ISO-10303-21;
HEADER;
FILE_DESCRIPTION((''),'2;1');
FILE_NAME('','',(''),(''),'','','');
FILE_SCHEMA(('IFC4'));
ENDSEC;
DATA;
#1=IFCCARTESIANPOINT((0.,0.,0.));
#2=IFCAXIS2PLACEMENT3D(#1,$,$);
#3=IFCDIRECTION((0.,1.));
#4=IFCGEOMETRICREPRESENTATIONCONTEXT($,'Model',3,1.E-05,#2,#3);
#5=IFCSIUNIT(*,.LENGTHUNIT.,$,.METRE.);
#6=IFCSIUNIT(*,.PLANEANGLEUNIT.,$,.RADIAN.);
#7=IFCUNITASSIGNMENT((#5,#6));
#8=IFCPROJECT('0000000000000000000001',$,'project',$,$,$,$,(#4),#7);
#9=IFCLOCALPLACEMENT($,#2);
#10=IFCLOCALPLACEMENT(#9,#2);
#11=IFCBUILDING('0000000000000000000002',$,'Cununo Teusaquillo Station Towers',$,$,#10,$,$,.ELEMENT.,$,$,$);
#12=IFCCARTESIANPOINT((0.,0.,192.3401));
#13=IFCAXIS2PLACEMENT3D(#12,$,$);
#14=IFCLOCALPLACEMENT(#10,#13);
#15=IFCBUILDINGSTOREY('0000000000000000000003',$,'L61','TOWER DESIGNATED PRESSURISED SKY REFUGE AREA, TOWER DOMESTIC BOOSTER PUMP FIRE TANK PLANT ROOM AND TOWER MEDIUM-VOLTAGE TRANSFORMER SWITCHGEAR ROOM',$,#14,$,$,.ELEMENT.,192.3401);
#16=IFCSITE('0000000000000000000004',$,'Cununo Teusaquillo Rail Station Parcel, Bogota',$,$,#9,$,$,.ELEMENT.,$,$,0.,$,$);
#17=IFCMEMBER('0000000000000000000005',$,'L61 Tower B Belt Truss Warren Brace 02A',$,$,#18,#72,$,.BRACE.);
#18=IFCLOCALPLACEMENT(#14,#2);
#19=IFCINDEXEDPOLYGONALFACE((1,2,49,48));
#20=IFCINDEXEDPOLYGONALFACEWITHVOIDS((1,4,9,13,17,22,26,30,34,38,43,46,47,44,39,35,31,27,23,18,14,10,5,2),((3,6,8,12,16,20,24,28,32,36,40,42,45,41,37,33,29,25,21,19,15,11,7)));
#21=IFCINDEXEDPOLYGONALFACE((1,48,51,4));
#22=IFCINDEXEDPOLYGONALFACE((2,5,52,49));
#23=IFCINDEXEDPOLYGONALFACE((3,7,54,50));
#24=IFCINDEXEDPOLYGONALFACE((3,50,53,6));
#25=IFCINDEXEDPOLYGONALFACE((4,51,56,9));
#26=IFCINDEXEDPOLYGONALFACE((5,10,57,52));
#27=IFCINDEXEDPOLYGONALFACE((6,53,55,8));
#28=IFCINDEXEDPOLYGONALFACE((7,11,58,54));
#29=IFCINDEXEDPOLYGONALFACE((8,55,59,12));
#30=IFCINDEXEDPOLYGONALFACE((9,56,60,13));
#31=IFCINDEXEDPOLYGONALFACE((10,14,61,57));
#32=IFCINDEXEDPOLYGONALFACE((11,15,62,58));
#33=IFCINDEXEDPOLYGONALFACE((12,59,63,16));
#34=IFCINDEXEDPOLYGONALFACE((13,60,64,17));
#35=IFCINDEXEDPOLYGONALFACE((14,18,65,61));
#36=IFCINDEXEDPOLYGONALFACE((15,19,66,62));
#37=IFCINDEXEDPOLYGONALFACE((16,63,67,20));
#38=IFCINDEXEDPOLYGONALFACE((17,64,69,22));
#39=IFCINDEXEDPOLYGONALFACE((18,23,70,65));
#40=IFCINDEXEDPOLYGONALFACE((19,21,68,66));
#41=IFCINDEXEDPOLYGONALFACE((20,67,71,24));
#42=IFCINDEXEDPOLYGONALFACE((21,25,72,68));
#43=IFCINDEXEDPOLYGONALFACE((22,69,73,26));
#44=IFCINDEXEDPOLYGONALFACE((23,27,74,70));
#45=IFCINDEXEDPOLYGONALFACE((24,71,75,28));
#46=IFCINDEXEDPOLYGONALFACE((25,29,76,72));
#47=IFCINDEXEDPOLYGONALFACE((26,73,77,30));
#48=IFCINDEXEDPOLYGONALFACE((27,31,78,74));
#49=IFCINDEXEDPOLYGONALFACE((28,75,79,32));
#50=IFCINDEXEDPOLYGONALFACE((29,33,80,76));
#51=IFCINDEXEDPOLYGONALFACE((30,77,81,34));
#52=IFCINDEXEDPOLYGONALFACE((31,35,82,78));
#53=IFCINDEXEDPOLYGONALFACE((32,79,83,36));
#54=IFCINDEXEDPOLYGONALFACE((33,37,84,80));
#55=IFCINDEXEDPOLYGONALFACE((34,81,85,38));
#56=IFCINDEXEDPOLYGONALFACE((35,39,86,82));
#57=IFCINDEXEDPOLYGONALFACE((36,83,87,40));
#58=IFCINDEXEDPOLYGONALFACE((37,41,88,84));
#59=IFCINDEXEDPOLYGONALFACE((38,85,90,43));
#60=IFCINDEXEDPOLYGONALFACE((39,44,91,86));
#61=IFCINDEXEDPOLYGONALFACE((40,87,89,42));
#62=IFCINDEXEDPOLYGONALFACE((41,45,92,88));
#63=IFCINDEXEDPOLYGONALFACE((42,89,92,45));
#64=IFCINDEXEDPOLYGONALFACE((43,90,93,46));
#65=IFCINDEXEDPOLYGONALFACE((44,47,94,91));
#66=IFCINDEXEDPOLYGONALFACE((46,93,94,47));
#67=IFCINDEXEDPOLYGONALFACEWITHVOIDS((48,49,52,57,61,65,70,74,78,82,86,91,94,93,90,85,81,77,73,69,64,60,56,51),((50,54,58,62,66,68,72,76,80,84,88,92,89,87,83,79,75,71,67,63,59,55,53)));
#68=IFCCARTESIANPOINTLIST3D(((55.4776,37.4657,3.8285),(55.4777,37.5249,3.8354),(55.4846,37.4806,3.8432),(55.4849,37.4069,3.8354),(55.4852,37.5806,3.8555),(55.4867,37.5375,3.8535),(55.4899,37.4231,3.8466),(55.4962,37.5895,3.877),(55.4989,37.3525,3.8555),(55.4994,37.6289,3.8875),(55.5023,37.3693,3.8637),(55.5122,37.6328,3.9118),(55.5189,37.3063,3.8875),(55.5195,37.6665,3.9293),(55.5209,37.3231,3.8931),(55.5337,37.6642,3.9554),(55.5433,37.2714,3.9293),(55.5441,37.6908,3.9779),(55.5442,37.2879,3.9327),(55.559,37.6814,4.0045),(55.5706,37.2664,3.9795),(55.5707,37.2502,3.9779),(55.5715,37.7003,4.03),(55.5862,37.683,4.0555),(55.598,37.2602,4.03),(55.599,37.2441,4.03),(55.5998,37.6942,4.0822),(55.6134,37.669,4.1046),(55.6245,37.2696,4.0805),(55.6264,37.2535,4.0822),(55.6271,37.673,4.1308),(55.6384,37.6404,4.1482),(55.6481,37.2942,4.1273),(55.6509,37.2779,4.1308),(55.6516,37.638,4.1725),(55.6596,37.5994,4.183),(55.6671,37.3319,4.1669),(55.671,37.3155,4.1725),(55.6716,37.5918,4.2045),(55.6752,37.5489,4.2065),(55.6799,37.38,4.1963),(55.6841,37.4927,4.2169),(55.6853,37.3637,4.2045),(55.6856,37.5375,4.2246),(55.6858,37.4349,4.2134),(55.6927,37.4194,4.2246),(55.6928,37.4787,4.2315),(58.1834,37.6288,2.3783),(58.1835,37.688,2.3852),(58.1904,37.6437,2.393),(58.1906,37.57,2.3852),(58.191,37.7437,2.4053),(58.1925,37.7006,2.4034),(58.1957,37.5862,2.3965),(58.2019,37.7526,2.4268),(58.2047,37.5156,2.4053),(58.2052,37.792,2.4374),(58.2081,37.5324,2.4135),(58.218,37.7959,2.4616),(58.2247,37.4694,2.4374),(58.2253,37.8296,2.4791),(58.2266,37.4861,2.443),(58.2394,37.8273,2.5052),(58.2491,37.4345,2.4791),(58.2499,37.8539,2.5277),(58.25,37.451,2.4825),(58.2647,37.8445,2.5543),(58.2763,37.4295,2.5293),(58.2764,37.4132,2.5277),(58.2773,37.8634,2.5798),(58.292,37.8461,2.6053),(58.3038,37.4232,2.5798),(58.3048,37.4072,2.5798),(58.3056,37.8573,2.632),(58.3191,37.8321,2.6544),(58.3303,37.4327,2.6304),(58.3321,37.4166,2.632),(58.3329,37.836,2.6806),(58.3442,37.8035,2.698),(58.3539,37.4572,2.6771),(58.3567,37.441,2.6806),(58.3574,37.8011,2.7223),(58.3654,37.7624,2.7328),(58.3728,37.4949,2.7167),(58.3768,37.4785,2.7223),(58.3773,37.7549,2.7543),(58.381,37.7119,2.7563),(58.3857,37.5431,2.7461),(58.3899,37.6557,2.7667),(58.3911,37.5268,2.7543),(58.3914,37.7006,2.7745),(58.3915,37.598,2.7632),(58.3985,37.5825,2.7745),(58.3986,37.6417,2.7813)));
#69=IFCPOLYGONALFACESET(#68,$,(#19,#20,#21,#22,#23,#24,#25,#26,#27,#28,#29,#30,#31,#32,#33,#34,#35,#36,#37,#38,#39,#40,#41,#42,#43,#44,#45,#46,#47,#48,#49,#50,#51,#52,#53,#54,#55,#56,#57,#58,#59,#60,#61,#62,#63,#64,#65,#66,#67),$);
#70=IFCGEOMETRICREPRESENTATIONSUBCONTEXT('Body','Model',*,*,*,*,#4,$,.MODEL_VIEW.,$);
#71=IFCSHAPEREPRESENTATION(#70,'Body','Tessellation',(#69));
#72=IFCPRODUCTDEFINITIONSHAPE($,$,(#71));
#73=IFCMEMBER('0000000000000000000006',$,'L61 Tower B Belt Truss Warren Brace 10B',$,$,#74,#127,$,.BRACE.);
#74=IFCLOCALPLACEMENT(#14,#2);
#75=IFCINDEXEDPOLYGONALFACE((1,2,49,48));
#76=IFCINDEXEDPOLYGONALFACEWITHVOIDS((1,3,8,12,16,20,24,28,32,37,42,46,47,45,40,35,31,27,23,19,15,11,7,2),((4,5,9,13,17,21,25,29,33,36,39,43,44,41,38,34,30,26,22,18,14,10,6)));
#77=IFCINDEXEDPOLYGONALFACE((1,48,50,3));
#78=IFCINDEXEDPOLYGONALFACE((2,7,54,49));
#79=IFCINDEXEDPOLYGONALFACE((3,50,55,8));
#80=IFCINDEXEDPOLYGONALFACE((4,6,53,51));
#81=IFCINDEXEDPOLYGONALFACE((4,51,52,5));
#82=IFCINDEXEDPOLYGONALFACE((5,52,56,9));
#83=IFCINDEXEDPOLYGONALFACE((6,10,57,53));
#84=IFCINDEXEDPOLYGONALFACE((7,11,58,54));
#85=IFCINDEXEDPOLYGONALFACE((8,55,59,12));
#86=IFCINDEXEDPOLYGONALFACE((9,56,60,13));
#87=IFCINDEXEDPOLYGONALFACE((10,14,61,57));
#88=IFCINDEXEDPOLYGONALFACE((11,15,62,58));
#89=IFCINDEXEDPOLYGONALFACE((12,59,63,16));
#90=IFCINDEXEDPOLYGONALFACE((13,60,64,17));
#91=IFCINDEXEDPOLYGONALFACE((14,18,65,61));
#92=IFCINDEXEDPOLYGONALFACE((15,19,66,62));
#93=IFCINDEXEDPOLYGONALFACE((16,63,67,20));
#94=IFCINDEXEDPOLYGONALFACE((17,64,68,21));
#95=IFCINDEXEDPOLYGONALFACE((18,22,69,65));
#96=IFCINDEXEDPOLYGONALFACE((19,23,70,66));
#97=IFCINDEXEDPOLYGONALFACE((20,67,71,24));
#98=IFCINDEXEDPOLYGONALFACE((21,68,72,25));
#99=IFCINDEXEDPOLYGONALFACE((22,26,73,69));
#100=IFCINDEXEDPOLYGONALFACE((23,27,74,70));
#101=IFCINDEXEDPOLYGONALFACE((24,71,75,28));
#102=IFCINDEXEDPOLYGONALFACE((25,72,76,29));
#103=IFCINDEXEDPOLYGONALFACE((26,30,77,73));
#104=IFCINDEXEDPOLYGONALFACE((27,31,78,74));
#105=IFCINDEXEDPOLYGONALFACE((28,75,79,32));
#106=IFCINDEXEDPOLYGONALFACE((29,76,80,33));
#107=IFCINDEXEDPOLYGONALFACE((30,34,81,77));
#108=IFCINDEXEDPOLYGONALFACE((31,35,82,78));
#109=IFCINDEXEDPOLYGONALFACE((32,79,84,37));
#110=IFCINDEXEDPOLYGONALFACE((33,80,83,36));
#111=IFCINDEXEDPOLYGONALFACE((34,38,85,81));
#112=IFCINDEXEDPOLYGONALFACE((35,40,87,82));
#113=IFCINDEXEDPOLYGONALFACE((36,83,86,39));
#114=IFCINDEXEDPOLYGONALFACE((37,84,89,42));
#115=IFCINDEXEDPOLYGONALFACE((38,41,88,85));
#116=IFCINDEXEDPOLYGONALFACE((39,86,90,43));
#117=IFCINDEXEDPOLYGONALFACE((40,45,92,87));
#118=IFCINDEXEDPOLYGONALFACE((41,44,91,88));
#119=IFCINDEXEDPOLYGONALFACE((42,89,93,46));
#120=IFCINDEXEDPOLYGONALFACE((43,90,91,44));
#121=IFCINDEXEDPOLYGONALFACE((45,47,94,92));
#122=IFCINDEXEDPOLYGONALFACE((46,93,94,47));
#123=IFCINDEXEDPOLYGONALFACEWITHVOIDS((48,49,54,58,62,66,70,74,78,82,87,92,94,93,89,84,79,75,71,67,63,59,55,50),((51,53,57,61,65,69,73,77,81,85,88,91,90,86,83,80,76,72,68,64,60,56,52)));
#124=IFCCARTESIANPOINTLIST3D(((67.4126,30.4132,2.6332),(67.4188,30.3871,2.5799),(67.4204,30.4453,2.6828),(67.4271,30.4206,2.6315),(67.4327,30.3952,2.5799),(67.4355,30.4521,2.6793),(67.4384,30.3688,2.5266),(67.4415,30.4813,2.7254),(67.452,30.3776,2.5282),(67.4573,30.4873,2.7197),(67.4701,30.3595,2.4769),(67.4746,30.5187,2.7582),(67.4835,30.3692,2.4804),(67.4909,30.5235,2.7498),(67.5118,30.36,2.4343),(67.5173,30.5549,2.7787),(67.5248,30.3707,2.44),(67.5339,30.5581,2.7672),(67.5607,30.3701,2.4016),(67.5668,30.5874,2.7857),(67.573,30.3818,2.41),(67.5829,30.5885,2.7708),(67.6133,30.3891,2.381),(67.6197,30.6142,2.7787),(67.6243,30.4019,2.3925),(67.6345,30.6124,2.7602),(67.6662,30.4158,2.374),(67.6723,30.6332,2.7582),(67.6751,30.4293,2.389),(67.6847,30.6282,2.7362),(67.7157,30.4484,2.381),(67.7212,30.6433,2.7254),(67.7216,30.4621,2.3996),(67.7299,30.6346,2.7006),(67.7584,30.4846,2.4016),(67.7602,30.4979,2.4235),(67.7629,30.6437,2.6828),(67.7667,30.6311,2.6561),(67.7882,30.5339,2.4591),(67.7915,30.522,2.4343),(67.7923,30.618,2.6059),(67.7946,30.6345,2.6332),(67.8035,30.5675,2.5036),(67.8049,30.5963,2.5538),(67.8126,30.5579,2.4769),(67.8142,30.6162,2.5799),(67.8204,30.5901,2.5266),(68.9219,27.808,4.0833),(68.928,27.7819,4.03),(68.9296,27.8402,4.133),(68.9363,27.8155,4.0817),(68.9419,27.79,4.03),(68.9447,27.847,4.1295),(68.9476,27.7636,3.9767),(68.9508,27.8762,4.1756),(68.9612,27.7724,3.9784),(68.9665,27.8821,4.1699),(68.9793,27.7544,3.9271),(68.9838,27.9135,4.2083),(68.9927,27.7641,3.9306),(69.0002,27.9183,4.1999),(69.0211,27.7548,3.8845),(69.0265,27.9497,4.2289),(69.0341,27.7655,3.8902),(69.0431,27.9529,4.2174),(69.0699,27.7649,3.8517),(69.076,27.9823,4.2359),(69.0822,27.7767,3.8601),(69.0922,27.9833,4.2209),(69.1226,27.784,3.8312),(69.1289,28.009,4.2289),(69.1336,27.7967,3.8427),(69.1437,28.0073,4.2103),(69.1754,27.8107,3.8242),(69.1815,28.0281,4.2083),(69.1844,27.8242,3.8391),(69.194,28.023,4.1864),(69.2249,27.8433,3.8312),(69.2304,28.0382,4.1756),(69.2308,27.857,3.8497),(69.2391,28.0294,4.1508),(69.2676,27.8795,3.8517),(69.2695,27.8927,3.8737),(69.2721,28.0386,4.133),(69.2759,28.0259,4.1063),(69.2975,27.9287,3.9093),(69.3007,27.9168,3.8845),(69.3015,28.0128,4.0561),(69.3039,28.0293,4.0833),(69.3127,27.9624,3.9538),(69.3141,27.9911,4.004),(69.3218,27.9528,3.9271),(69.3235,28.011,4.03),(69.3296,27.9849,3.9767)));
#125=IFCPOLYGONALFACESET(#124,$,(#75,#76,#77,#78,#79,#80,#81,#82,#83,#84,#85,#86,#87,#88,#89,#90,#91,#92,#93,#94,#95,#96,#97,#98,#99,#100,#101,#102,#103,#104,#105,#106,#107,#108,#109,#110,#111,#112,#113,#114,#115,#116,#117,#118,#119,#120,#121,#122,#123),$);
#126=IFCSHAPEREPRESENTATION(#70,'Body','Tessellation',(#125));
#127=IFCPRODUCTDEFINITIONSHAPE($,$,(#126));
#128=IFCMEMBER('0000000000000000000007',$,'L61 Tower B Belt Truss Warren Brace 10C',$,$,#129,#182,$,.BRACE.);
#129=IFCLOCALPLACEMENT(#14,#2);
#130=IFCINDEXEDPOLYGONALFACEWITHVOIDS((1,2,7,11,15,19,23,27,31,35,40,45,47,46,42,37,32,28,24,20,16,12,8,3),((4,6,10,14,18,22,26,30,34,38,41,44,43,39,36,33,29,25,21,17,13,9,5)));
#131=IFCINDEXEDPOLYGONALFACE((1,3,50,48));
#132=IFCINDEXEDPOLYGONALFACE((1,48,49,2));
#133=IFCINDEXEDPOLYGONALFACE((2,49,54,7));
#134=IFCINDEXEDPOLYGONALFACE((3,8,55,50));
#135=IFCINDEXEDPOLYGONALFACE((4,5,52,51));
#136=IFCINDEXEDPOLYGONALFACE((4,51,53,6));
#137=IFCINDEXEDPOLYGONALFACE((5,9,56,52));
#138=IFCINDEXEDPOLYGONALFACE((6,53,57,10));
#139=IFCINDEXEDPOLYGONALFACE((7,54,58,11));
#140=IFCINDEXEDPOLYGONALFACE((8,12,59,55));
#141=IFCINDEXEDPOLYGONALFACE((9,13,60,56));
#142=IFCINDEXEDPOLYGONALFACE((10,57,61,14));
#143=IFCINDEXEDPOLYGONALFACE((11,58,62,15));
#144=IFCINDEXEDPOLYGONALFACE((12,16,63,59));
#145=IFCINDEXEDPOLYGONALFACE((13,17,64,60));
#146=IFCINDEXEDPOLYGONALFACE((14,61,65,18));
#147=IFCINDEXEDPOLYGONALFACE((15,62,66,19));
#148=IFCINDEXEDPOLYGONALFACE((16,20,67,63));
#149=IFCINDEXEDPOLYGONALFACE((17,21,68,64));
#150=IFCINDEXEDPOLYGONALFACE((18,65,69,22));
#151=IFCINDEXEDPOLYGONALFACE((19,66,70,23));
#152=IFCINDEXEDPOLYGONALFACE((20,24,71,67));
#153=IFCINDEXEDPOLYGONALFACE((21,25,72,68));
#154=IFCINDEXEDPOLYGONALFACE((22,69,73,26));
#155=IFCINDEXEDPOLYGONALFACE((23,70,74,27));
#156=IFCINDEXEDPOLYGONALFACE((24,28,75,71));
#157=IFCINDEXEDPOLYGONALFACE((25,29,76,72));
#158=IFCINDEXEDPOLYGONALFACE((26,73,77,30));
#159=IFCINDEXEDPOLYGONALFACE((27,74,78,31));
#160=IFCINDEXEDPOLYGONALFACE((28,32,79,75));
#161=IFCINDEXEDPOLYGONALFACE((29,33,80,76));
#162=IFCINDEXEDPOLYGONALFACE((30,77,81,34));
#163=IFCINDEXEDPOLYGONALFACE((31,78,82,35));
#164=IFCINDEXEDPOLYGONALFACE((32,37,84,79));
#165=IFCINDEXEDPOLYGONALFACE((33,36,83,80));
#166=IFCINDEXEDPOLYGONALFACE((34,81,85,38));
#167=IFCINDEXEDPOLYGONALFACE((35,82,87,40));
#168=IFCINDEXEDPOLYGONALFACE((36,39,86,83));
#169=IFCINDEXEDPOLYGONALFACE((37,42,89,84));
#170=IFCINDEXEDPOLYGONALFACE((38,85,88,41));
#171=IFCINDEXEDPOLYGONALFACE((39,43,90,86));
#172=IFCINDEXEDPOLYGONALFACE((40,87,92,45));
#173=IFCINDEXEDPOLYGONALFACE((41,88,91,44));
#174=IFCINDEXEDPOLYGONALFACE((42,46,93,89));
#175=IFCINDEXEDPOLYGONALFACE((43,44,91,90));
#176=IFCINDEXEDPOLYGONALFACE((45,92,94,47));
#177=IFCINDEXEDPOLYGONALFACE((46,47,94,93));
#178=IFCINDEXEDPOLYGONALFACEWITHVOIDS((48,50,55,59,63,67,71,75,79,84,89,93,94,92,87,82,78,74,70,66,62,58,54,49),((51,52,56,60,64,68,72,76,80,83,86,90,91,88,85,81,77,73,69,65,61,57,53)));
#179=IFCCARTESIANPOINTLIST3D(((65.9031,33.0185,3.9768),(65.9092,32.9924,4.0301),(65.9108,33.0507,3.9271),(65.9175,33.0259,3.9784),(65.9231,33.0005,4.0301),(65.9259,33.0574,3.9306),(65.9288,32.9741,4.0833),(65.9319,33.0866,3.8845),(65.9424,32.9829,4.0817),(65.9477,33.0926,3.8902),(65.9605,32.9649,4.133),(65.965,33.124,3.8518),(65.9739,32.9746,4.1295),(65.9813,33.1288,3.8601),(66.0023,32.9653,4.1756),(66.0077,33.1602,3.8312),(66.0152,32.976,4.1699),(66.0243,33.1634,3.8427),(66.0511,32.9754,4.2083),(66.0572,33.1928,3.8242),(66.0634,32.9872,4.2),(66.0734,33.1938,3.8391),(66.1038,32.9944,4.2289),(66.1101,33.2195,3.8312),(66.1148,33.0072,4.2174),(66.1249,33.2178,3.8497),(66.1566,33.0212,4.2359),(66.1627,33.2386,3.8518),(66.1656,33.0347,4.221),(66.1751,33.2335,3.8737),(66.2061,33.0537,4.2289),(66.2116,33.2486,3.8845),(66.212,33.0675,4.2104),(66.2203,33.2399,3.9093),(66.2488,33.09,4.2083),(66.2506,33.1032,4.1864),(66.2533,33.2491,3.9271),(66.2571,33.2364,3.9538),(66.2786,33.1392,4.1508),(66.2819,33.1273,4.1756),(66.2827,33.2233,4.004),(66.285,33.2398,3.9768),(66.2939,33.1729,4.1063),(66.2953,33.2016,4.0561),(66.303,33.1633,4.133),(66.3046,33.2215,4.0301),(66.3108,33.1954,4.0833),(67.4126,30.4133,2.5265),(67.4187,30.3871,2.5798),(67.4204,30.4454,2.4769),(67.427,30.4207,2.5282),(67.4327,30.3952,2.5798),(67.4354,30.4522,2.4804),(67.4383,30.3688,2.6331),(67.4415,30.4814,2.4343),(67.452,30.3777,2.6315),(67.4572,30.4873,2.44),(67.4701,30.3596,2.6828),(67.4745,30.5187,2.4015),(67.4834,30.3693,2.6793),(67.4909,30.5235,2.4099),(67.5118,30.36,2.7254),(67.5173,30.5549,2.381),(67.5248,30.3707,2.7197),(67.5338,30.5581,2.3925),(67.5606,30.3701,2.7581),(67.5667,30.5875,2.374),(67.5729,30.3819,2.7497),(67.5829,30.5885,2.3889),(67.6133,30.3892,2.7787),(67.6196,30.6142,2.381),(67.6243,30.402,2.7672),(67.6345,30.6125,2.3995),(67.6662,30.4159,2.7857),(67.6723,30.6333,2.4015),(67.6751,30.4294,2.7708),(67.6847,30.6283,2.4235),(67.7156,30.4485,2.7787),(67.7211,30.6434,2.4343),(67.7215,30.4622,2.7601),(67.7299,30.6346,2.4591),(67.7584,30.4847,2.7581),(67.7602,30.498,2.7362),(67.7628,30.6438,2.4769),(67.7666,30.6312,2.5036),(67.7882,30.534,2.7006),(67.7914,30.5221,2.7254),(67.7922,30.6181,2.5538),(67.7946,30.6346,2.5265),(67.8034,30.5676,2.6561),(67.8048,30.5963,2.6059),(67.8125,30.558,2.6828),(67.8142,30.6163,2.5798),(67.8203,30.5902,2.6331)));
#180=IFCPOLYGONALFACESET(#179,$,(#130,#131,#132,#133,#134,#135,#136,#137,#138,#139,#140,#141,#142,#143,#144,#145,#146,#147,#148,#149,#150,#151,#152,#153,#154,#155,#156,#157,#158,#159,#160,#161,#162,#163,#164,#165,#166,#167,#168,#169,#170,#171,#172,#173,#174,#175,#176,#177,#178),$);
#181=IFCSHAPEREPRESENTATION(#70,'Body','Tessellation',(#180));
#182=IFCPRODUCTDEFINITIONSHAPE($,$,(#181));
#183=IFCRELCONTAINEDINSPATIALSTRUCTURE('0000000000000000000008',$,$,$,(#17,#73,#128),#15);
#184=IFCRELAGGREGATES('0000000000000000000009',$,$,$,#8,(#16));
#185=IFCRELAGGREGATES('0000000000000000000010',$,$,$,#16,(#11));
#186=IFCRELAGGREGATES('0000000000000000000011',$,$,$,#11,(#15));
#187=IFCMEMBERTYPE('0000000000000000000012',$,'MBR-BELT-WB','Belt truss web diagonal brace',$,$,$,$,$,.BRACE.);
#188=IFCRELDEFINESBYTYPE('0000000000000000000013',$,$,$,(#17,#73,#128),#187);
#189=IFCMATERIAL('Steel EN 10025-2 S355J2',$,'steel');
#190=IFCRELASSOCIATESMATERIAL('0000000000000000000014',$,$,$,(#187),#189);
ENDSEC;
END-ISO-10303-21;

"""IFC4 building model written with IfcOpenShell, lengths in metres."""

from ifc_helpers import new_model, si_unit, direction, frame, origin, origin_2d, place, context, subcontext, project, spatial, hollow_circle, extrude, material, material_profile, profile_set, type_object, element, save


model = new_model("IFC4")

# Units and contexts
model_context = context("Model", 3, precision=1e-05, world=origin(), true_north=direction((0.0, 1.0)))
body_context = subcontext(model_context, "Body", "Model", "MODEL_VIEW")
ifc_project = project(units=[si_unit("LENGTHUNIT", "METRE"), si_unit("PLANEANGLEUNIT", "RADIAN")], contexts=[model_context])

# Site, building, storey
site_placement = place(None, origin())
site = spatial("IfcSite", under=ifc_project, at=site_placement, Name="Cununo Teusaquillo Rail Station Parcel, Bogota", CompositionType="ELEMENT", RefElevation=0.0)
building_placement = place(site_placement, origin())
building = spatial("IfcBuilding", under=site, at=building_placement, Name="Cununo Teusaquillo Station Towers", CompositionType="ELEMENT")
storey_placement = place(building_placement, frame((0.0, 0.0, 192.3401)))
storey = spatial("IfcBuildingStorey", under=building, at=storey_placement, Name="L61", Description="TOWER DESIGNATED PRESSURISED SKY REFUGE AREA, TOWER DOMESTIC BOOSTER PUMP FIRE TANK PLANT ROOM AND TOWER MEDIUM-VOLTAGE TRANSFORMER SWITCHGEAR ROOM", CompositionType="ELEMENT", Elevation=192.3401)

# Members
ifc_material_1 = material(Name="Steel EN 10025-2 S355J2", Category="steel")
ifc_material_profile_1 = material_profile(ifc_material_1, hollow_circle(Radius=0.2285, WallThickness=0.0161, at=origin_2d()), Name="CHS 457x16")
ifc_profile_set_1 = profile_set([ifc_material_profile_1], Name="Steel EN 10025-2 S355J2")
member_type_1 = type_object("IfcMemberType", Name="MBR-BELT-WB", Description="Belt truss web diagonal brace", PredefinedType="BRACE", material=ifc_profile_set_1)
member_1_placement = place(storey_placement, frame((58.291, 37.6353, 2.5798), z_axis=(-0.88015, -0.053049, 0.471722), x_axis=(0.060163, -0.998189, 0.0)))
element("IfcMember", 1, at=member_1_placement, inside=storey, type_object=member_type_1, Name="L61 Tower B Belt Truss Warren Brace 02A", PredefinedType="BRACE", context=body_context, shape_type="SweptSolid", body=[
    extrude(hollow_circle(Radius=0.2285, WallThickness=0.0161, at=origin_2d()), origin(), (0.0, 0.0, 1.0), 3.0742),
])
member_2_placement = place(storey_placement, frame((69.1257, 27.8965, 4.03), z_axis=(-0.451625, 0.779568, -0.433946), x_axis=(-0.865284, -0.501282, 0.0)))
element("IfcMember", 2, at=member_2_placement, inside=storey, type_object=member_type_1, Name="L61 Tower B Belt Truss Warren Brace 10B", PredefinedType="BRACE", context=body_context, shape_type="SweptSolid", body=[
    extrude(hollow_circle(Radius=0.2285, WallThickness=0.0161, at=origin_2d()), origin(), (0.0, 0.0, 1.0), 3.3418),
])
member_3_placement = place(storey_placement, frame((67.6165, 30.5017, 2.5798), z_axis=(-0.451683, 0.779542, 0.433931), x_axis=(-0.865249, -0.501343, 0.0)))
element("IfcMember", 3, at=member_3_placement, inside=storey, type_object=member_type_1, Name="L61 Tower B Belt Truss Warren Brace 10C", PredefinedType="BRACE", context=body_context, shape_type="SweptSolid", body=[
    extrude(hollow_circle(Radius=0.2285, WallThickness=0.0161, at=origin_2d()), origin(), (0.0, 0.0, 1.0), 3.342),
])

save(model, "model.ifc")
